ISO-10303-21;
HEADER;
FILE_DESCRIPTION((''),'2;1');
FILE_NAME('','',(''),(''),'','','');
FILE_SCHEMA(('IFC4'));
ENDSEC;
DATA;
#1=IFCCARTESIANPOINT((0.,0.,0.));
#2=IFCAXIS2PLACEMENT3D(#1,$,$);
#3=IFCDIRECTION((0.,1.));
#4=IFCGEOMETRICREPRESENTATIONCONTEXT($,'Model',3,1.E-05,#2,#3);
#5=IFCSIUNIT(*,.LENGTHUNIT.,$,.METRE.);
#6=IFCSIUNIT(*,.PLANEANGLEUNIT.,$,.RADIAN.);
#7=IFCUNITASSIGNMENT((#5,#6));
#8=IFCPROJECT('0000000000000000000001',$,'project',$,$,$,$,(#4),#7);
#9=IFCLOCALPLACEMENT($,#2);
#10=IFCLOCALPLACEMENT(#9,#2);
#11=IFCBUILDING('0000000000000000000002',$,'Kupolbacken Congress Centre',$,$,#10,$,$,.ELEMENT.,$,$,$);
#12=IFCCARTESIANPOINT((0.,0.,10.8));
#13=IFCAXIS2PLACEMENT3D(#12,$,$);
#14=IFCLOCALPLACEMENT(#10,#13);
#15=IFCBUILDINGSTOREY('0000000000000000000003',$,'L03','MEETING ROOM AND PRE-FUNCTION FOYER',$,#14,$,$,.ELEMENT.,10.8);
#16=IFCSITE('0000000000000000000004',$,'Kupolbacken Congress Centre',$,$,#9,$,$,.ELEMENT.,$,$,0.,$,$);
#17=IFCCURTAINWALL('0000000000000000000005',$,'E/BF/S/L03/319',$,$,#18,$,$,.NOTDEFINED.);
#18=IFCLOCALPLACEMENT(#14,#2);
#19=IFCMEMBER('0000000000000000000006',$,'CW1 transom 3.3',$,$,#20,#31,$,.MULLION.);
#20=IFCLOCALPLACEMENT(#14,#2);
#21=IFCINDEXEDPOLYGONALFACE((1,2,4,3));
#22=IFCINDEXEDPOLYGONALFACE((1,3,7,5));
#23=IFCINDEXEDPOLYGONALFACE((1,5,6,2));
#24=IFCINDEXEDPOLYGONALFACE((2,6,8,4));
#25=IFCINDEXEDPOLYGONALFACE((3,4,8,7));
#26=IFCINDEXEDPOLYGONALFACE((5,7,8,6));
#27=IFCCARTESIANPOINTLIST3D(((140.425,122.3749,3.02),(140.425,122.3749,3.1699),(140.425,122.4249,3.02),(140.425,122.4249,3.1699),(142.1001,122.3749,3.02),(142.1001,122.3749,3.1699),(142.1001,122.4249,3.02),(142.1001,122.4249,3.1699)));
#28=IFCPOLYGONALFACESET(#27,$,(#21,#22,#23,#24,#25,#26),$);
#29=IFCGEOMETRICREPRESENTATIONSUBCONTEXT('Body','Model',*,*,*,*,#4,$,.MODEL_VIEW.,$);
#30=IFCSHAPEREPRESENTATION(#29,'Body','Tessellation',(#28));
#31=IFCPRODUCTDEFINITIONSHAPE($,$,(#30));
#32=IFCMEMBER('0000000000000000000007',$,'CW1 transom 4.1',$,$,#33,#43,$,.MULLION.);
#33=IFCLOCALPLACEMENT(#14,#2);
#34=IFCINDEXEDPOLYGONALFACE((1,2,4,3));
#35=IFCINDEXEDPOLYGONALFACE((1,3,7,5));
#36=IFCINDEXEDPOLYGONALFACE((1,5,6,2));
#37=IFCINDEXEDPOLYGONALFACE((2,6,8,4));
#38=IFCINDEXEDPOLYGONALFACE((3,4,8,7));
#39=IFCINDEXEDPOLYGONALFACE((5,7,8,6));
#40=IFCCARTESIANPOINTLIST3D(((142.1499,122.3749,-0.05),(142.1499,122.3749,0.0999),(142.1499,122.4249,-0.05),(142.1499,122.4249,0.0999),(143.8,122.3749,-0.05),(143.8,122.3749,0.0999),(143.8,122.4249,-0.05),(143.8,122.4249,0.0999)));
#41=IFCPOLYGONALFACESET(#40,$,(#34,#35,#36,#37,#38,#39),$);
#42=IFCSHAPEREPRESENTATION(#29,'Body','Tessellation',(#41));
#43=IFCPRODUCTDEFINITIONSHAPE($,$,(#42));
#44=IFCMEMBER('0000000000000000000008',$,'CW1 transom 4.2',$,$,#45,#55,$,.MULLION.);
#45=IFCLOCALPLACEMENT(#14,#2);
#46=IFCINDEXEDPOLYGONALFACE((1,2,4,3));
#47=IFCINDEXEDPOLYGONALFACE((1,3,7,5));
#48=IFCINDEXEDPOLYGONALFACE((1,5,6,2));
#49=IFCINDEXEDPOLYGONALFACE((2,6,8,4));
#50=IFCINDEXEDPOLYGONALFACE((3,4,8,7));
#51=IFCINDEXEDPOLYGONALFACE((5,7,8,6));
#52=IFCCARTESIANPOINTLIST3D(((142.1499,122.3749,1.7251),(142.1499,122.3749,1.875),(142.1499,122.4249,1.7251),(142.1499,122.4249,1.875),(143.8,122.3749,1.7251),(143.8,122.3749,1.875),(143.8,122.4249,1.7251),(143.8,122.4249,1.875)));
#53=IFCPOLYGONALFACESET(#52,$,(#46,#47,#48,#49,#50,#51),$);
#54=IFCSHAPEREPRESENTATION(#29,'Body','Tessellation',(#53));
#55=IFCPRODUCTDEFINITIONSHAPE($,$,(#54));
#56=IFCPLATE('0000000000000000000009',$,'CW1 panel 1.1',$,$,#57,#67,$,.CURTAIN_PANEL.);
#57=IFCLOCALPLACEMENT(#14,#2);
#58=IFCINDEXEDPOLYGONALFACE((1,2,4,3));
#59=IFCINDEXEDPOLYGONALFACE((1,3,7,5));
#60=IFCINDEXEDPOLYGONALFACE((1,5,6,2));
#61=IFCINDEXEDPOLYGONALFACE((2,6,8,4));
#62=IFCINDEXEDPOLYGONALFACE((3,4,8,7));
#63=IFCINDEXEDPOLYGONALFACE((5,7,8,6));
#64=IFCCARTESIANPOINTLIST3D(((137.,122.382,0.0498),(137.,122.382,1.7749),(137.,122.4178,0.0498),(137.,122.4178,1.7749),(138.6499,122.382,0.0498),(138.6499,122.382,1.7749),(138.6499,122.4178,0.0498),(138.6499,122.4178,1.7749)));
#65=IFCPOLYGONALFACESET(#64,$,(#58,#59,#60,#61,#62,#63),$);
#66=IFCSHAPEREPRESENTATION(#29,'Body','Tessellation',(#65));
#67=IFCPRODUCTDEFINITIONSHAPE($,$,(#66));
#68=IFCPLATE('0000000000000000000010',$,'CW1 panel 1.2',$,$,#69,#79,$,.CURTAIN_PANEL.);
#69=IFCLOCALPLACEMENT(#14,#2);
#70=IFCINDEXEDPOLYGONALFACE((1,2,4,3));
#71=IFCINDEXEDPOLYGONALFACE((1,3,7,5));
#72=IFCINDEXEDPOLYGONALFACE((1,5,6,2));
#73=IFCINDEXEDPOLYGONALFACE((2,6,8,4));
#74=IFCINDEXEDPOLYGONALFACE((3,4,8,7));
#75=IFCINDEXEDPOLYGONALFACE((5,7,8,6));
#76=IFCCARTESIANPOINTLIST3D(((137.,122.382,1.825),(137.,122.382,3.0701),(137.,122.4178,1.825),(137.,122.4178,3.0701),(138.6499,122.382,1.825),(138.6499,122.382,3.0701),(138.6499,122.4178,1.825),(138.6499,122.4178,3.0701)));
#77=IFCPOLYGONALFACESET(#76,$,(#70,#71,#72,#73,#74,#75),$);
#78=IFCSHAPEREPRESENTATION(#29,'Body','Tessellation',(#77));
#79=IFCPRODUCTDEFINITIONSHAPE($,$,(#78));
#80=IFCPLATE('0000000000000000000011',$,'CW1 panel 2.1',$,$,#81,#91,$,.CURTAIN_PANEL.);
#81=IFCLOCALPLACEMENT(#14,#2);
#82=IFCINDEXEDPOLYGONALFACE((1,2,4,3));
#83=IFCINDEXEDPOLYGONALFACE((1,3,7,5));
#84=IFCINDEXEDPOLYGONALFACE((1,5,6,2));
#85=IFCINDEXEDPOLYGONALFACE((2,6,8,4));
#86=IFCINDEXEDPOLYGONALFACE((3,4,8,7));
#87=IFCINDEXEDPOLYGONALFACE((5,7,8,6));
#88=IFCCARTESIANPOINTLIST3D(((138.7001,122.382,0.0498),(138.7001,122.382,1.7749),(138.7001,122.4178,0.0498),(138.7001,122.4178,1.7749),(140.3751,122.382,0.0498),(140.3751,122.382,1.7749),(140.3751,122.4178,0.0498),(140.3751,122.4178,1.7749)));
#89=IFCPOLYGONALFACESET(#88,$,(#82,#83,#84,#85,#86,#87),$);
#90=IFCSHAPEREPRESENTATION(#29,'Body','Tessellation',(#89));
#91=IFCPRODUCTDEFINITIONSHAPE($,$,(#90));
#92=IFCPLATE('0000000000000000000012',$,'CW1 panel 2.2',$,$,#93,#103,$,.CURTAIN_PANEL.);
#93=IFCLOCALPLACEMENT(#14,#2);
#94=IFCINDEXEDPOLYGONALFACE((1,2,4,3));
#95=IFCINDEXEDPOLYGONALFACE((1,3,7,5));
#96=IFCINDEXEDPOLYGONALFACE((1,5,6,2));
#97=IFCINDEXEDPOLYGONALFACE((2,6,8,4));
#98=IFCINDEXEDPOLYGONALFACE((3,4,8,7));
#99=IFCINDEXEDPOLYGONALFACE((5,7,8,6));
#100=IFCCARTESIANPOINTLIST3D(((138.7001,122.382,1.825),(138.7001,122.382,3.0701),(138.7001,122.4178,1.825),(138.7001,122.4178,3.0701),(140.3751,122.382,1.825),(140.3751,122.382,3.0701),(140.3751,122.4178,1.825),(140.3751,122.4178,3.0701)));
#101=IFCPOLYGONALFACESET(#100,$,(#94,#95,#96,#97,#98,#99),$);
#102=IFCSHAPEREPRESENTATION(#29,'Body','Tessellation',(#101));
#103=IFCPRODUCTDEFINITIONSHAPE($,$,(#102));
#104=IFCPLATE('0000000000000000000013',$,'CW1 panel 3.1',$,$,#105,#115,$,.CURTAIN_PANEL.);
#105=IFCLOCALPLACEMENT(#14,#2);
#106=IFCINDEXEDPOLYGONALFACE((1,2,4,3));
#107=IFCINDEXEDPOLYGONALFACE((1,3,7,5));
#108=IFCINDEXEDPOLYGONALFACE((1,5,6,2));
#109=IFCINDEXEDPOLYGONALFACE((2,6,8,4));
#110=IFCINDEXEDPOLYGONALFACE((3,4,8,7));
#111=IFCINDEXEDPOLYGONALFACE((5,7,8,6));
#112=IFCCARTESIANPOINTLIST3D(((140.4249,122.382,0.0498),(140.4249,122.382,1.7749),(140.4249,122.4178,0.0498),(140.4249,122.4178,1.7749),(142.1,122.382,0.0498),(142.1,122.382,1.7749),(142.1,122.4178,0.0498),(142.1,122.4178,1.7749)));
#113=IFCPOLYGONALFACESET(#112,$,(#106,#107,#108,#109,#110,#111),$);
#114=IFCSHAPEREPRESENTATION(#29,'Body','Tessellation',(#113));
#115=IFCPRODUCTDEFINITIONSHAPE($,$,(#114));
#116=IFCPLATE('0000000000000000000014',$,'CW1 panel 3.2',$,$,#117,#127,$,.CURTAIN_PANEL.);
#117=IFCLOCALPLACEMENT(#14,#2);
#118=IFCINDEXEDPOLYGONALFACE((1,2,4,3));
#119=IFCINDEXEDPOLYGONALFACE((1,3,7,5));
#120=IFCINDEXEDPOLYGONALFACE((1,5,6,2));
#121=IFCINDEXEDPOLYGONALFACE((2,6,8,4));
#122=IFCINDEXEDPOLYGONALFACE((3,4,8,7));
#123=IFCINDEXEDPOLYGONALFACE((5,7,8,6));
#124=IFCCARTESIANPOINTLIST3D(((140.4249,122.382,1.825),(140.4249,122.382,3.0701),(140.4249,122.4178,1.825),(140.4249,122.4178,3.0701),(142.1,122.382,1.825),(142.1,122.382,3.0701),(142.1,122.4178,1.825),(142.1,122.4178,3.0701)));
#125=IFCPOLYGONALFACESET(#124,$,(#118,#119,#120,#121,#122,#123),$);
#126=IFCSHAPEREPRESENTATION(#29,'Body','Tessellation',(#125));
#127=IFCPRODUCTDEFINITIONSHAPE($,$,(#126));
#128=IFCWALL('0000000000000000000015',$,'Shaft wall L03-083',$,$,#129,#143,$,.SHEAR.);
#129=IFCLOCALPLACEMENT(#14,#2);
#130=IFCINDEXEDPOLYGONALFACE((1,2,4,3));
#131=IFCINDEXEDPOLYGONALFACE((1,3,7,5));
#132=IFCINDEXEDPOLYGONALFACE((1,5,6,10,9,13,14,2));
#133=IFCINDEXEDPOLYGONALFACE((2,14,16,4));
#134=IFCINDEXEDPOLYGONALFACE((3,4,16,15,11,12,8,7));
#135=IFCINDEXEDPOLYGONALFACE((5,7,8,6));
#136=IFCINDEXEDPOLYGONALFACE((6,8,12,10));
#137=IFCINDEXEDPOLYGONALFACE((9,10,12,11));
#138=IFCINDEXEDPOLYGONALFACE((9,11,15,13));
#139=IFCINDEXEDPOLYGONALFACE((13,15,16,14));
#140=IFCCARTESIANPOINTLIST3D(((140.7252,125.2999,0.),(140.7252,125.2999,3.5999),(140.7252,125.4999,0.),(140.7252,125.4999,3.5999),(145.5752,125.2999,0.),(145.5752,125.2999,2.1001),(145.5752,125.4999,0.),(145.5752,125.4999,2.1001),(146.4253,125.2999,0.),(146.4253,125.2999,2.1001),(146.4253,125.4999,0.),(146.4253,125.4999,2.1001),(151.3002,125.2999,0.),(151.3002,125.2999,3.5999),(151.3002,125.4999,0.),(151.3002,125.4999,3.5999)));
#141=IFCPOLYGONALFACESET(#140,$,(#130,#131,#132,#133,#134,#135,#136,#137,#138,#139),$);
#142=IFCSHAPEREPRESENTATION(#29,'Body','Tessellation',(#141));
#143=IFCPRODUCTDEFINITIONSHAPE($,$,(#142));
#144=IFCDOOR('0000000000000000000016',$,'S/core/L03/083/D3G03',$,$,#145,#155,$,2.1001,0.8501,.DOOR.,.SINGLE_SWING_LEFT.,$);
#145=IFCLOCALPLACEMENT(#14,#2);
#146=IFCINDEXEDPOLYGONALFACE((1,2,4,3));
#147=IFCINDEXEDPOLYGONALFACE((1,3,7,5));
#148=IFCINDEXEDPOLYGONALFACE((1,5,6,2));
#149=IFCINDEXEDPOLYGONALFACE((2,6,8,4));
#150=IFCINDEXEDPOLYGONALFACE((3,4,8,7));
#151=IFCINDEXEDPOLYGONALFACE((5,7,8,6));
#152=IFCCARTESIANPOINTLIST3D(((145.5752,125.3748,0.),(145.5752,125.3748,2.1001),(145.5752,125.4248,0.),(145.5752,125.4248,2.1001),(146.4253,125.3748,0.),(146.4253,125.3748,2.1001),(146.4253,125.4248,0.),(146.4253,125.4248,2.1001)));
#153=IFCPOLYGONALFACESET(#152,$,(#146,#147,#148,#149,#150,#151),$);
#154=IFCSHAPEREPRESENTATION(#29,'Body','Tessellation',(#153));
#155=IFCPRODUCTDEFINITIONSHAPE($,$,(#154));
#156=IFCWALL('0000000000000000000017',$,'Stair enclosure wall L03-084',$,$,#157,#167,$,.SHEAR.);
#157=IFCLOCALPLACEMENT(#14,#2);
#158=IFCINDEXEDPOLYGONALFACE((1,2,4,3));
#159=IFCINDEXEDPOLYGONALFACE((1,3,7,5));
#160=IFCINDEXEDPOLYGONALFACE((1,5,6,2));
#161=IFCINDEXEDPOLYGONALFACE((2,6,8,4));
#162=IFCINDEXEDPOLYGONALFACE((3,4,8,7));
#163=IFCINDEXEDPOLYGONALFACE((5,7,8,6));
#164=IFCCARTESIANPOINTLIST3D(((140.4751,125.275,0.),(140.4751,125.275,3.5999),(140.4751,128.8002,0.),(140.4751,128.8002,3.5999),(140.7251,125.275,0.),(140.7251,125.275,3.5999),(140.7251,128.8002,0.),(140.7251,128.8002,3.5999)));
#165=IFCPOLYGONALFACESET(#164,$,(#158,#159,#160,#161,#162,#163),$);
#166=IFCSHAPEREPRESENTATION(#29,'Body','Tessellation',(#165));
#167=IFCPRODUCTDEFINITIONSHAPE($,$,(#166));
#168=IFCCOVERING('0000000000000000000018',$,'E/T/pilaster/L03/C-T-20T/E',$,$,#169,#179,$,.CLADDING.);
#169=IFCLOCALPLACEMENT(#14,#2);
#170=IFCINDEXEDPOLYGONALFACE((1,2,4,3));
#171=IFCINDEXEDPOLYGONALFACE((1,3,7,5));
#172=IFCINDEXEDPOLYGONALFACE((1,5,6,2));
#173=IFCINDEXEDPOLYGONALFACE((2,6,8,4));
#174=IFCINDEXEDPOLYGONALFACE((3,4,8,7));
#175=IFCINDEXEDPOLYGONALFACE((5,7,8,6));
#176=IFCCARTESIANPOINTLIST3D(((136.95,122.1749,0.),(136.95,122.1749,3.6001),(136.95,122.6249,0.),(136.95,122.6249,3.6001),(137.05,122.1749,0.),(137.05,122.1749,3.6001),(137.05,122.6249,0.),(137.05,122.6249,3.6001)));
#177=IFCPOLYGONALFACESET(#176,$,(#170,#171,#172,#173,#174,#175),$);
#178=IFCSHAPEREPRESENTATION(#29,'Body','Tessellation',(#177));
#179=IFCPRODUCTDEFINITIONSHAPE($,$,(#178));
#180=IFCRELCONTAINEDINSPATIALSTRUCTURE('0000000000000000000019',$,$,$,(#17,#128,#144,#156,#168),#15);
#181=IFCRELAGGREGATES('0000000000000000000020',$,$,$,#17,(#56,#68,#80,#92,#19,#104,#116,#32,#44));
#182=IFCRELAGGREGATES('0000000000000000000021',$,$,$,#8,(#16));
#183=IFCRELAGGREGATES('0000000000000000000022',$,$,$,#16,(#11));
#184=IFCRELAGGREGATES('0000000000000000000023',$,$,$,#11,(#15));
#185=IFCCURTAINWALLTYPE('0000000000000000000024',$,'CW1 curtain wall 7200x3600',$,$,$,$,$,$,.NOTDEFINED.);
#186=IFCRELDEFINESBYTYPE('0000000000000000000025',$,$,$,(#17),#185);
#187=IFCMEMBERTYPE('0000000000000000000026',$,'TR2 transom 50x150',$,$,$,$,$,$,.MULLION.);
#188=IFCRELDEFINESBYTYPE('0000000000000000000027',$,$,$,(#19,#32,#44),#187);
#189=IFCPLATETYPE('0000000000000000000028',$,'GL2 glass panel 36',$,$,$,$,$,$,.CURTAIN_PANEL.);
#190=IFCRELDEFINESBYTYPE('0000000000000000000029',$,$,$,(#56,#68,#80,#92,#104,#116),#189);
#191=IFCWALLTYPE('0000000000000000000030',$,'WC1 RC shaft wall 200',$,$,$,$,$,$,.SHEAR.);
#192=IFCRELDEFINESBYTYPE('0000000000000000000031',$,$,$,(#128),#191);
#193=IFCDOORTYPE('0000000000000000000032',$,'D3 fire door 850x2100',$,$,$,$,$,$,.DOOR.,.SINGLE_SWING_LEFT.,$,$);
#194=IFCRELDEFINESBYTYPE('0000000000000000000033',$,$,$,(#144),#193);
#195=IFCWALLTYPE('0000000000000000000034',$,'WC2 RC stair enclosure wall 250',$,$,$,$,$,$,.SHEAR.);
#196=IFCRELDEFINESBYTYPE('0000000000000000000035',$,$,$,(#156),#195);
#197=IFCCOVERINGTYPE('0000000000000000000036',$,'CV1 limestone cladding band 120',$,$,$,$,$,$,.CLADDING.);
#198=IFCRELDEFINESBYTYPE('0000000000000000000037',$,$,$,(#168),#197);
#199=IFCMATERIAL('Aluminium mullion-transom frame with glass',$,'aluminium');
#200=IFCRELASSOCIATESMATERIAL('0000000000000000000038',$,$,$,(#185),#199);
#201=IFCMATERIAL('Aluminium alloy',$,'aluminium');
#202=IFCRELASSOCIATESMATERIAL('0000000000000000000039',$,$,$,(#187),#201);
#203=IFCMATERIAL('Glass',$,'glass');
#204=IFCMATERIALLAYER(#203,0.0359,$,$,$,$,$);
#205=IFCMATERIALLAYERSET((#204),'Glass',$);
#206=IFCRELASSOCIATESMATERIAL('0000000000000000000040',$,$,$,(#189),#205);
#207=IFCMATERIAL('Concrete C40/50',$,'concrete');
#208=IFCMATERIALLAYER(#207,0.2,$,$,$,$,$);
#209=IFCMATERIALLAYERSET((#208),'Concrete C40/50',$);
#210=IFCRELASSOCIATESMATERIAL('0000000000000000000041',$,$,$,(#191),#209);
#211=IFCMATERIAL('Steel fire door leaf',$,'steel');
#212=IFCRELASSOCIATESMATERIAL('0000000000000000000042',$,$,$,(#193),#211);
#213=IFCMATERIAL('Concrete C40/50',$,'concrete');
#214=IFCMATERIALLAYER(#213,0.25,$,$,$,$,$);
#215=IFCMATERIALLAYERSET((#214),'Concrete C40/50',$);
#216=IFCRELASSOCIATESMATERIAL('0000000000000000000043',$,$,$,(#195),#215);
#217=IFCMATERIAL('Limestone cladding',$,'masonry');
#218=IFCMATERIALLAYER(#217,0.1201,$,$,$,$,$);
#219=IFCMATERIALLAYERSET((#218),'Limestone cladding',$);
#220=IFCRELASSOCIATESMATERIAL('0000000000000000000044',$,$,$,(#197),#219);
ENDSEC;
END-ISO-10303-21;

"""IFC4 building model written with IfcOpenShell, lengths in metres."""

from ifc_helpers import new_model, si_unit, direction, frame, frame_2d, origin, origin_2d, place, context, subcontext, project, spatial, rectangle, extrude, material, layer, layer_set, material_profile, profile_set, type_object, element, fill, aggregate, save


model = new_model("IFC4")

# Units and contexts
model_context = context("Model", 3, precision=1e-05, world=origin(), true_north=direction((0.0, 1.0)))
body_context = subcontext(model_context, "Body", "Model", "MODEL_VIEW")
ifc_project = project(units=[si_unit("LENGTHUNIT", "METRE"), si_unit("PLANEANGLEUNIT", "RADIAN")], contexts=[model_context])

# Site, building, storey
site_placement = place(None, origin())
site = spatial("IfcSite", under=ifc_project, at=site_placement, Name="Kupolbacken Congress Centre", CompositionType="ELEMENT", RefElevation=0.0)
building_placement = place(site_placement, origin())
building = spatial("IfcBuilding", under=site, at=building_placement, Name="Kupolbacken Congress Centre", CompositionType="ELEMENT")
storey_placement = place(building_placement, frame((0.0, 0.0, 10.8)))
storey = spatial("IfcBuildingStorey", under=building, at=storey_placement, Name="L03", Description="MEETING ROOM AND PRE-FUNCTION FOYER", CompositionType="ELEMENT", Elevation=10.8)

# Curtain wall, members, plates
ifc_material_1 = material(Name="Aluminium mullion-transom frame with glass", Category="aluminium")
curtain_wall_type = type_object("IfcCurtainWallType", Name="CW1 curtain wall 7200x3600", PredefinedType="NOTDEFINED", material=ifc_material_1)
curtain_wall_placement = place(storey_placement, origin())
curtain_wall = element("IfcCurtainWall", 1, at=curtain_wall_placement, inside=storey, type_object=curtain_wall_type, Name="E/BF/S/L03/319", PredefinedType="NOTDEFINED")
ifc_material_2 = material(Name="Aluminium alloy", Category="aluminium")
ifc_material_profile_1 = material_profile(ifc_material_2, rectangle(XDim=0.05, YDim=0.1499, at=origin_2d()), Name="50 x 150")
ifc_profile_set_1 = profile_set([ifc_material_profile_1], Name="Aluminium alloy")
member_type_1 = type_object("IfcMemberType", Name="TR2 transom 50x150", PredefinedType="MULLION", material=ifc_profile_set_1)
member_1_placement = place(storey_placement, frame((140.425, 122.3999, 3.095), z_axis=(1.0, 0.0, 0.0), x_axis=(0.0, 1.0, 0.0)))
member_1 = element("IfcMember", 2, at=member_1_placement, type_object=member_type_1, Name="CW1 transom 3.3", PredefinedType="MULLION", context=body_context, shape_type="SweptSolid", body=[
    extrude(rectangle(XDim=0.05, YDim=0.1499, at=origin_2d()), origin(), (0.0, 0.0, 1.0), 1.675),
])
member_2_placement = place(storey_placement, frame((142.1499, 122.3999, 0.0249), z_axis=(1.0, 0.0, 0.0), x_axis=(0.0, 1.0, 0.0)))
member_2 = element("IfcMember", 3, at=member_2_placement, type_object=member_type_1, Name="CW1 transom 4.1", PredefinedType="MULLION", context=body_context, shape_type="SweptSolid", body=[
    extrude(rectangle(XDim=0.05, YDim=0.1499, at=origin_2d()), origin(), (0.0, 0.0, 1.0), 1.6501),
])
member_3_placement = place(storey_placement, frame((142.1499, 122.3999, 1.8), z_axis=(1.0, 0.0, 0.0), x_axis=(0.0, 1.0, 0.0)))
member_3 = element("IfcMember", 4, at=member_3_placement, type_object=member_type_1, Name="CW1 transom 4.2", PredefinedType="MULLION", context=body_context, shape_type="SweptSolid", body=[
    extrude(rectangle(XDim=0.05, YDim=0.1499, at=origin_2d()), origin(), (0.0, 0.0, 1.0), 1.6501),
])
ifc_material_3 = material(Name="Glass", Category="glass")
ifc_layer_1 = layer(ifc_material_3, 0.0359)
ifc_layer_set_1 = layer_set([ifc_layer_1], Name="Glass")
plate_type = type_object("IfcPlateType", Name="GL2 glass panel 36", PredefinedType="CURTAIN_PANEL", material=ifc_layer_set_1)
plate_1_placement = place(storey_placement, frame((137.825, 122.3999, 0.0498), z_axis=(0.0, 0.0, 1.0), x_axis=(1.0, 0.0, 0.0)))
plate_1 = element("IfcPlate", 5, at=plate_1_placement, type_object=plate_type, Name="CW1 panel 1.1", PredefinedType="CURTAIN_PANEL", context=body_context, shape_type="SweptSolid", body=[
    extrude(rectangle(XDim=1.6499, YDim=0.0359, at=origin_2d()), origin(), (0.0, 0.0, 1.0), 1.7251),
])
plate_2_placement = place(storey_placement, frame((137.825, 122.3999, 1.825), z_axis=(0.0, 0.0, 1.0), x_axis=(1.0, 0.0, 0.0)))
plate_2 = element("IfcPlate", 6, at=plate_2_placement, type_object=plate_type, Name="CW1 panel 1.2", PredefinedType="CURTAIN_PANEL", context=body_context, shape_type="SweptSolid", body=[
    extrude(rectangle(XDim=1.6499, YDim=0.0359, at=origin_2d()), origin(), (0.0, 0.0, 1.0), 1.2451),
])
plate_3_placement = place(storey_placement, frame((139.5376, 122.3999, 0.0498), z_axis=(0.0, 0.0, 1.0), x_axis=(1.0, 0.0, 0.0)))
plate_3 = element("IfcPlate", 7, at=plate_3_placement, type_object=plate_type, Name="CW1 panel 2.1", PredefinedType="CURTAIN_PANEL", context=body_context, shape_type="SweptSolid", body=[
    extrude(rectangle(XDim=1.675, YDim=0.0359, at=origin_2d()), origin(), (0.0, 0.0, 1.0), 1.7251),
])
plate_4_placement = place(storey_placement, frame((139.5376, 122.3999, 1.825), z_axis=(0.0, 0.0, 1.0), x_axis=(1.0, 0.0, 0.0)))
plate_4 = element("IfcPlate", 8, at=plate_4_placement, type_object=plate_type, Name="CW1 panel 2.2", PredefinedType="CURTAIN_PANEL", context=body_context, shape_type="SweptSolid", body=[
    extrude(rectangle(XDim=1.675, YDim=0.0359, at=origin_2d()), origin(), (0.0, 0.0, 1.0), 1.2451),
])
plate_5_placement = place(storey_placement, frame((141.2625, 122.3999, 0.0498), z_axis=(0.0, 0.0, 1.0), x_axis=(1.0, 0.0, 0.0)))
plate_5 = element("IfcPlate", 9, at=plate_5_placement, type_object=plate_type, Name="CW1 panel 3.1", PredefinedType="CURTAIN_PANEL", context=body_context, shape_type="SweptSolid", body=[
    extrude(rectangle(XDim=1.675, YDim=0.0359, at=origin_2d()), origin(), (0.0, 0.0, 1.0), 1.7251),
])
plate_6_placement = place(storey_placement, frame((141.2625, 122.3999, 1.825), z_axis=(0.0, 0.0, 1.0), x_axis=(1.0, 0.0, 0.0)))
plate_6 = element("IfcPlate", 10, at=plate_6_placement, type_object=plate_type, Name="CW1 panel 3.2", PredefinedType="CURTAIN_PANEL", context=body_context, shape_type="SweptSolid", body=[
    extrude(rectangle(XDim=1.675, YDim=0.0359, at=origin_2d()), origin(), (0.0, 0.0, 1.0), 1.2451),
])
aggregate(curtain_wall, [plate_1, plate_2, plate_3, plate_4, member_1, plate_5, plate_6, member_2, member_3])

# Wall, opening, door
ifc_material_4 = material(Name="Concrete C40/50", Category="concrete")
ifc_layer_2 = layer(ifc_material_4, 0.2)
ifc_layer_set_2 = layer_set([ifc_layer_2], Name="Concrete C40/50")
wall_type_1 = type_object("IfcWallType", Name="WC1 RC shaft wall 200", PredefinedType="SHEAR", material=ifc_layer_set_2)
wall_1_placement = place(storey_placement, frame((140.7251, 125.3999, 0.0), z_axis=(0.0, 0.0, 1.0), x_axis=(1.0, 0.0, 0.0)))
wall_1 = element("IfcWall", 11, at=wall_1_placement, inside=storey, type_object=wall_type_1, Name="Shaft wall L03-083", PredefinedType="SHEAR", context=body_context, shape_type="SweptSolid", body=[
    extrude(rectangle(XDim=10.575, YDim=0.2, at=frame_2d((5.2876, 0.0))), origin(), (0.0, 0.0, 1.0), 3.5999),
])
opening_placement = place(wall_1_placement, frame((4.8501, 0.0, 0.0)))
opening = element("IfcOpeningElement", 12, at=opening_placement, cuts=wall_1, PredefinedType="OPENING", context=body_context, shape_type="SweptSolid", body=[
    extrude(rectangle(XDim=0.8501, YDim=2.1001, at=frame_2d((0.425, 1.05))), frame((0.0, 0.1099, 0.0), z_axis=(0.0, -1.0, 0.0), x_axis=(1.0, 0.0, 0.0)), (0.0, 0.0, 1.0), 0.22),
])
ifc_material_5 = material(Name="Steel fire door leaf", Category="steel")
door_type = type_object("IfcDoorType", Name="D3 fire door 850x2100", OperationType="SINGLE_SWING_LEFT", PredefinedType="DOOR", material=ifc_material_5)
door_placement = place(opening_placement, origin())
door = element("IfcDoor", 13, at=door_placement, inside=storey, type_object=door_type, Name="S/core/L03/083/D3G03", OperationType="SINGLE_SWING_LEFT", OverallHeight=2.1001, OverallWidth=0.8501, PredefinedType="DOOR", context=body_context, shape_type="SweptSolid", body=[
    extrude(rectangle(XDim=0.8501, YDim=2.1001, at=frame_2d((0.425, 1.05))), frame((0.0, 0.0249, 0.0), z_axis=(0.0, -1.0, 0.0), x_axis=(1.0, 0.0, 0.0)), (0.0, 0.0, 1.0), 0.05),
])
fill(opening, door)

# Wall
ifc_material_6 = material(Name="Concrete C40/50", Category="concrete")
ifc_layer_3 = layer(ifc_material_6, 0.25)
ifc_layer_set_3 = layer_set([ifc_layer_3], Name="Concrete C40/50")
wall_type_2 = type_object("IfcWallType", Name="WC2 RC stair enclosure wall 250", PredefinedType="SHEAR", material=ifc_layer_set_3)
wall_2_placement = place(storey_placement, frame((140.6001, 125.2749, 0.0), z_axis=(0.0, 0.0, 1.0), x_axis=(0.0, 1.0, 0.0)))
element("IfcWall", 14, at=wall_2_placement, inside=storey, type_object=wall_type_2, Name="Stair enclosure wall L03-084", PredefinedType="SHEAR", context=body_context, shape_type="SweptSolid", body=[
    extrude(rectangle(XDim=3.5251, YDim=0.25, at=frame_2d((1.7627, 0.0))), origin(), (0.0, 0.0, 1.0), 3.5999),
])

# Covering
ifc_material_7 = material(Name="Limestone cladding", Category="masonry")
ifc_layer_4 = layer(ifc_material_7, 0.1201)
ifc_layer_set_4 = layer_set([ifc_layer_4], Name="Limestone cladding")
covering_type = type_object("IfcCoveringType", Name="CV1 limestone cladding band 120", PredefinedType="CLADDING", material=ifc_layer_set_4)
covering_placement = place(storey_placement, frame((137.0, 122.3999, 0.0), z_axis=(0.0, 0.0, 1.0), x_axis=(1.0, 0.0, 0.0)))
element("IfcCovering", 15, at=covering_placement, inside=storey, type_object=covering_type, Name="E/T/pilaster/L03/C-T-20T/E", PredefinedType="CLADDING", context=body_context, shape_type="SweptSolid", body=[
    extrude(rectangle(XDim=0.1001, YDim=0.45, at=origin_2d()), origin(), (0.0, 0.0, 1.0), 3.6001),
])

save(model, "model.ifc")
